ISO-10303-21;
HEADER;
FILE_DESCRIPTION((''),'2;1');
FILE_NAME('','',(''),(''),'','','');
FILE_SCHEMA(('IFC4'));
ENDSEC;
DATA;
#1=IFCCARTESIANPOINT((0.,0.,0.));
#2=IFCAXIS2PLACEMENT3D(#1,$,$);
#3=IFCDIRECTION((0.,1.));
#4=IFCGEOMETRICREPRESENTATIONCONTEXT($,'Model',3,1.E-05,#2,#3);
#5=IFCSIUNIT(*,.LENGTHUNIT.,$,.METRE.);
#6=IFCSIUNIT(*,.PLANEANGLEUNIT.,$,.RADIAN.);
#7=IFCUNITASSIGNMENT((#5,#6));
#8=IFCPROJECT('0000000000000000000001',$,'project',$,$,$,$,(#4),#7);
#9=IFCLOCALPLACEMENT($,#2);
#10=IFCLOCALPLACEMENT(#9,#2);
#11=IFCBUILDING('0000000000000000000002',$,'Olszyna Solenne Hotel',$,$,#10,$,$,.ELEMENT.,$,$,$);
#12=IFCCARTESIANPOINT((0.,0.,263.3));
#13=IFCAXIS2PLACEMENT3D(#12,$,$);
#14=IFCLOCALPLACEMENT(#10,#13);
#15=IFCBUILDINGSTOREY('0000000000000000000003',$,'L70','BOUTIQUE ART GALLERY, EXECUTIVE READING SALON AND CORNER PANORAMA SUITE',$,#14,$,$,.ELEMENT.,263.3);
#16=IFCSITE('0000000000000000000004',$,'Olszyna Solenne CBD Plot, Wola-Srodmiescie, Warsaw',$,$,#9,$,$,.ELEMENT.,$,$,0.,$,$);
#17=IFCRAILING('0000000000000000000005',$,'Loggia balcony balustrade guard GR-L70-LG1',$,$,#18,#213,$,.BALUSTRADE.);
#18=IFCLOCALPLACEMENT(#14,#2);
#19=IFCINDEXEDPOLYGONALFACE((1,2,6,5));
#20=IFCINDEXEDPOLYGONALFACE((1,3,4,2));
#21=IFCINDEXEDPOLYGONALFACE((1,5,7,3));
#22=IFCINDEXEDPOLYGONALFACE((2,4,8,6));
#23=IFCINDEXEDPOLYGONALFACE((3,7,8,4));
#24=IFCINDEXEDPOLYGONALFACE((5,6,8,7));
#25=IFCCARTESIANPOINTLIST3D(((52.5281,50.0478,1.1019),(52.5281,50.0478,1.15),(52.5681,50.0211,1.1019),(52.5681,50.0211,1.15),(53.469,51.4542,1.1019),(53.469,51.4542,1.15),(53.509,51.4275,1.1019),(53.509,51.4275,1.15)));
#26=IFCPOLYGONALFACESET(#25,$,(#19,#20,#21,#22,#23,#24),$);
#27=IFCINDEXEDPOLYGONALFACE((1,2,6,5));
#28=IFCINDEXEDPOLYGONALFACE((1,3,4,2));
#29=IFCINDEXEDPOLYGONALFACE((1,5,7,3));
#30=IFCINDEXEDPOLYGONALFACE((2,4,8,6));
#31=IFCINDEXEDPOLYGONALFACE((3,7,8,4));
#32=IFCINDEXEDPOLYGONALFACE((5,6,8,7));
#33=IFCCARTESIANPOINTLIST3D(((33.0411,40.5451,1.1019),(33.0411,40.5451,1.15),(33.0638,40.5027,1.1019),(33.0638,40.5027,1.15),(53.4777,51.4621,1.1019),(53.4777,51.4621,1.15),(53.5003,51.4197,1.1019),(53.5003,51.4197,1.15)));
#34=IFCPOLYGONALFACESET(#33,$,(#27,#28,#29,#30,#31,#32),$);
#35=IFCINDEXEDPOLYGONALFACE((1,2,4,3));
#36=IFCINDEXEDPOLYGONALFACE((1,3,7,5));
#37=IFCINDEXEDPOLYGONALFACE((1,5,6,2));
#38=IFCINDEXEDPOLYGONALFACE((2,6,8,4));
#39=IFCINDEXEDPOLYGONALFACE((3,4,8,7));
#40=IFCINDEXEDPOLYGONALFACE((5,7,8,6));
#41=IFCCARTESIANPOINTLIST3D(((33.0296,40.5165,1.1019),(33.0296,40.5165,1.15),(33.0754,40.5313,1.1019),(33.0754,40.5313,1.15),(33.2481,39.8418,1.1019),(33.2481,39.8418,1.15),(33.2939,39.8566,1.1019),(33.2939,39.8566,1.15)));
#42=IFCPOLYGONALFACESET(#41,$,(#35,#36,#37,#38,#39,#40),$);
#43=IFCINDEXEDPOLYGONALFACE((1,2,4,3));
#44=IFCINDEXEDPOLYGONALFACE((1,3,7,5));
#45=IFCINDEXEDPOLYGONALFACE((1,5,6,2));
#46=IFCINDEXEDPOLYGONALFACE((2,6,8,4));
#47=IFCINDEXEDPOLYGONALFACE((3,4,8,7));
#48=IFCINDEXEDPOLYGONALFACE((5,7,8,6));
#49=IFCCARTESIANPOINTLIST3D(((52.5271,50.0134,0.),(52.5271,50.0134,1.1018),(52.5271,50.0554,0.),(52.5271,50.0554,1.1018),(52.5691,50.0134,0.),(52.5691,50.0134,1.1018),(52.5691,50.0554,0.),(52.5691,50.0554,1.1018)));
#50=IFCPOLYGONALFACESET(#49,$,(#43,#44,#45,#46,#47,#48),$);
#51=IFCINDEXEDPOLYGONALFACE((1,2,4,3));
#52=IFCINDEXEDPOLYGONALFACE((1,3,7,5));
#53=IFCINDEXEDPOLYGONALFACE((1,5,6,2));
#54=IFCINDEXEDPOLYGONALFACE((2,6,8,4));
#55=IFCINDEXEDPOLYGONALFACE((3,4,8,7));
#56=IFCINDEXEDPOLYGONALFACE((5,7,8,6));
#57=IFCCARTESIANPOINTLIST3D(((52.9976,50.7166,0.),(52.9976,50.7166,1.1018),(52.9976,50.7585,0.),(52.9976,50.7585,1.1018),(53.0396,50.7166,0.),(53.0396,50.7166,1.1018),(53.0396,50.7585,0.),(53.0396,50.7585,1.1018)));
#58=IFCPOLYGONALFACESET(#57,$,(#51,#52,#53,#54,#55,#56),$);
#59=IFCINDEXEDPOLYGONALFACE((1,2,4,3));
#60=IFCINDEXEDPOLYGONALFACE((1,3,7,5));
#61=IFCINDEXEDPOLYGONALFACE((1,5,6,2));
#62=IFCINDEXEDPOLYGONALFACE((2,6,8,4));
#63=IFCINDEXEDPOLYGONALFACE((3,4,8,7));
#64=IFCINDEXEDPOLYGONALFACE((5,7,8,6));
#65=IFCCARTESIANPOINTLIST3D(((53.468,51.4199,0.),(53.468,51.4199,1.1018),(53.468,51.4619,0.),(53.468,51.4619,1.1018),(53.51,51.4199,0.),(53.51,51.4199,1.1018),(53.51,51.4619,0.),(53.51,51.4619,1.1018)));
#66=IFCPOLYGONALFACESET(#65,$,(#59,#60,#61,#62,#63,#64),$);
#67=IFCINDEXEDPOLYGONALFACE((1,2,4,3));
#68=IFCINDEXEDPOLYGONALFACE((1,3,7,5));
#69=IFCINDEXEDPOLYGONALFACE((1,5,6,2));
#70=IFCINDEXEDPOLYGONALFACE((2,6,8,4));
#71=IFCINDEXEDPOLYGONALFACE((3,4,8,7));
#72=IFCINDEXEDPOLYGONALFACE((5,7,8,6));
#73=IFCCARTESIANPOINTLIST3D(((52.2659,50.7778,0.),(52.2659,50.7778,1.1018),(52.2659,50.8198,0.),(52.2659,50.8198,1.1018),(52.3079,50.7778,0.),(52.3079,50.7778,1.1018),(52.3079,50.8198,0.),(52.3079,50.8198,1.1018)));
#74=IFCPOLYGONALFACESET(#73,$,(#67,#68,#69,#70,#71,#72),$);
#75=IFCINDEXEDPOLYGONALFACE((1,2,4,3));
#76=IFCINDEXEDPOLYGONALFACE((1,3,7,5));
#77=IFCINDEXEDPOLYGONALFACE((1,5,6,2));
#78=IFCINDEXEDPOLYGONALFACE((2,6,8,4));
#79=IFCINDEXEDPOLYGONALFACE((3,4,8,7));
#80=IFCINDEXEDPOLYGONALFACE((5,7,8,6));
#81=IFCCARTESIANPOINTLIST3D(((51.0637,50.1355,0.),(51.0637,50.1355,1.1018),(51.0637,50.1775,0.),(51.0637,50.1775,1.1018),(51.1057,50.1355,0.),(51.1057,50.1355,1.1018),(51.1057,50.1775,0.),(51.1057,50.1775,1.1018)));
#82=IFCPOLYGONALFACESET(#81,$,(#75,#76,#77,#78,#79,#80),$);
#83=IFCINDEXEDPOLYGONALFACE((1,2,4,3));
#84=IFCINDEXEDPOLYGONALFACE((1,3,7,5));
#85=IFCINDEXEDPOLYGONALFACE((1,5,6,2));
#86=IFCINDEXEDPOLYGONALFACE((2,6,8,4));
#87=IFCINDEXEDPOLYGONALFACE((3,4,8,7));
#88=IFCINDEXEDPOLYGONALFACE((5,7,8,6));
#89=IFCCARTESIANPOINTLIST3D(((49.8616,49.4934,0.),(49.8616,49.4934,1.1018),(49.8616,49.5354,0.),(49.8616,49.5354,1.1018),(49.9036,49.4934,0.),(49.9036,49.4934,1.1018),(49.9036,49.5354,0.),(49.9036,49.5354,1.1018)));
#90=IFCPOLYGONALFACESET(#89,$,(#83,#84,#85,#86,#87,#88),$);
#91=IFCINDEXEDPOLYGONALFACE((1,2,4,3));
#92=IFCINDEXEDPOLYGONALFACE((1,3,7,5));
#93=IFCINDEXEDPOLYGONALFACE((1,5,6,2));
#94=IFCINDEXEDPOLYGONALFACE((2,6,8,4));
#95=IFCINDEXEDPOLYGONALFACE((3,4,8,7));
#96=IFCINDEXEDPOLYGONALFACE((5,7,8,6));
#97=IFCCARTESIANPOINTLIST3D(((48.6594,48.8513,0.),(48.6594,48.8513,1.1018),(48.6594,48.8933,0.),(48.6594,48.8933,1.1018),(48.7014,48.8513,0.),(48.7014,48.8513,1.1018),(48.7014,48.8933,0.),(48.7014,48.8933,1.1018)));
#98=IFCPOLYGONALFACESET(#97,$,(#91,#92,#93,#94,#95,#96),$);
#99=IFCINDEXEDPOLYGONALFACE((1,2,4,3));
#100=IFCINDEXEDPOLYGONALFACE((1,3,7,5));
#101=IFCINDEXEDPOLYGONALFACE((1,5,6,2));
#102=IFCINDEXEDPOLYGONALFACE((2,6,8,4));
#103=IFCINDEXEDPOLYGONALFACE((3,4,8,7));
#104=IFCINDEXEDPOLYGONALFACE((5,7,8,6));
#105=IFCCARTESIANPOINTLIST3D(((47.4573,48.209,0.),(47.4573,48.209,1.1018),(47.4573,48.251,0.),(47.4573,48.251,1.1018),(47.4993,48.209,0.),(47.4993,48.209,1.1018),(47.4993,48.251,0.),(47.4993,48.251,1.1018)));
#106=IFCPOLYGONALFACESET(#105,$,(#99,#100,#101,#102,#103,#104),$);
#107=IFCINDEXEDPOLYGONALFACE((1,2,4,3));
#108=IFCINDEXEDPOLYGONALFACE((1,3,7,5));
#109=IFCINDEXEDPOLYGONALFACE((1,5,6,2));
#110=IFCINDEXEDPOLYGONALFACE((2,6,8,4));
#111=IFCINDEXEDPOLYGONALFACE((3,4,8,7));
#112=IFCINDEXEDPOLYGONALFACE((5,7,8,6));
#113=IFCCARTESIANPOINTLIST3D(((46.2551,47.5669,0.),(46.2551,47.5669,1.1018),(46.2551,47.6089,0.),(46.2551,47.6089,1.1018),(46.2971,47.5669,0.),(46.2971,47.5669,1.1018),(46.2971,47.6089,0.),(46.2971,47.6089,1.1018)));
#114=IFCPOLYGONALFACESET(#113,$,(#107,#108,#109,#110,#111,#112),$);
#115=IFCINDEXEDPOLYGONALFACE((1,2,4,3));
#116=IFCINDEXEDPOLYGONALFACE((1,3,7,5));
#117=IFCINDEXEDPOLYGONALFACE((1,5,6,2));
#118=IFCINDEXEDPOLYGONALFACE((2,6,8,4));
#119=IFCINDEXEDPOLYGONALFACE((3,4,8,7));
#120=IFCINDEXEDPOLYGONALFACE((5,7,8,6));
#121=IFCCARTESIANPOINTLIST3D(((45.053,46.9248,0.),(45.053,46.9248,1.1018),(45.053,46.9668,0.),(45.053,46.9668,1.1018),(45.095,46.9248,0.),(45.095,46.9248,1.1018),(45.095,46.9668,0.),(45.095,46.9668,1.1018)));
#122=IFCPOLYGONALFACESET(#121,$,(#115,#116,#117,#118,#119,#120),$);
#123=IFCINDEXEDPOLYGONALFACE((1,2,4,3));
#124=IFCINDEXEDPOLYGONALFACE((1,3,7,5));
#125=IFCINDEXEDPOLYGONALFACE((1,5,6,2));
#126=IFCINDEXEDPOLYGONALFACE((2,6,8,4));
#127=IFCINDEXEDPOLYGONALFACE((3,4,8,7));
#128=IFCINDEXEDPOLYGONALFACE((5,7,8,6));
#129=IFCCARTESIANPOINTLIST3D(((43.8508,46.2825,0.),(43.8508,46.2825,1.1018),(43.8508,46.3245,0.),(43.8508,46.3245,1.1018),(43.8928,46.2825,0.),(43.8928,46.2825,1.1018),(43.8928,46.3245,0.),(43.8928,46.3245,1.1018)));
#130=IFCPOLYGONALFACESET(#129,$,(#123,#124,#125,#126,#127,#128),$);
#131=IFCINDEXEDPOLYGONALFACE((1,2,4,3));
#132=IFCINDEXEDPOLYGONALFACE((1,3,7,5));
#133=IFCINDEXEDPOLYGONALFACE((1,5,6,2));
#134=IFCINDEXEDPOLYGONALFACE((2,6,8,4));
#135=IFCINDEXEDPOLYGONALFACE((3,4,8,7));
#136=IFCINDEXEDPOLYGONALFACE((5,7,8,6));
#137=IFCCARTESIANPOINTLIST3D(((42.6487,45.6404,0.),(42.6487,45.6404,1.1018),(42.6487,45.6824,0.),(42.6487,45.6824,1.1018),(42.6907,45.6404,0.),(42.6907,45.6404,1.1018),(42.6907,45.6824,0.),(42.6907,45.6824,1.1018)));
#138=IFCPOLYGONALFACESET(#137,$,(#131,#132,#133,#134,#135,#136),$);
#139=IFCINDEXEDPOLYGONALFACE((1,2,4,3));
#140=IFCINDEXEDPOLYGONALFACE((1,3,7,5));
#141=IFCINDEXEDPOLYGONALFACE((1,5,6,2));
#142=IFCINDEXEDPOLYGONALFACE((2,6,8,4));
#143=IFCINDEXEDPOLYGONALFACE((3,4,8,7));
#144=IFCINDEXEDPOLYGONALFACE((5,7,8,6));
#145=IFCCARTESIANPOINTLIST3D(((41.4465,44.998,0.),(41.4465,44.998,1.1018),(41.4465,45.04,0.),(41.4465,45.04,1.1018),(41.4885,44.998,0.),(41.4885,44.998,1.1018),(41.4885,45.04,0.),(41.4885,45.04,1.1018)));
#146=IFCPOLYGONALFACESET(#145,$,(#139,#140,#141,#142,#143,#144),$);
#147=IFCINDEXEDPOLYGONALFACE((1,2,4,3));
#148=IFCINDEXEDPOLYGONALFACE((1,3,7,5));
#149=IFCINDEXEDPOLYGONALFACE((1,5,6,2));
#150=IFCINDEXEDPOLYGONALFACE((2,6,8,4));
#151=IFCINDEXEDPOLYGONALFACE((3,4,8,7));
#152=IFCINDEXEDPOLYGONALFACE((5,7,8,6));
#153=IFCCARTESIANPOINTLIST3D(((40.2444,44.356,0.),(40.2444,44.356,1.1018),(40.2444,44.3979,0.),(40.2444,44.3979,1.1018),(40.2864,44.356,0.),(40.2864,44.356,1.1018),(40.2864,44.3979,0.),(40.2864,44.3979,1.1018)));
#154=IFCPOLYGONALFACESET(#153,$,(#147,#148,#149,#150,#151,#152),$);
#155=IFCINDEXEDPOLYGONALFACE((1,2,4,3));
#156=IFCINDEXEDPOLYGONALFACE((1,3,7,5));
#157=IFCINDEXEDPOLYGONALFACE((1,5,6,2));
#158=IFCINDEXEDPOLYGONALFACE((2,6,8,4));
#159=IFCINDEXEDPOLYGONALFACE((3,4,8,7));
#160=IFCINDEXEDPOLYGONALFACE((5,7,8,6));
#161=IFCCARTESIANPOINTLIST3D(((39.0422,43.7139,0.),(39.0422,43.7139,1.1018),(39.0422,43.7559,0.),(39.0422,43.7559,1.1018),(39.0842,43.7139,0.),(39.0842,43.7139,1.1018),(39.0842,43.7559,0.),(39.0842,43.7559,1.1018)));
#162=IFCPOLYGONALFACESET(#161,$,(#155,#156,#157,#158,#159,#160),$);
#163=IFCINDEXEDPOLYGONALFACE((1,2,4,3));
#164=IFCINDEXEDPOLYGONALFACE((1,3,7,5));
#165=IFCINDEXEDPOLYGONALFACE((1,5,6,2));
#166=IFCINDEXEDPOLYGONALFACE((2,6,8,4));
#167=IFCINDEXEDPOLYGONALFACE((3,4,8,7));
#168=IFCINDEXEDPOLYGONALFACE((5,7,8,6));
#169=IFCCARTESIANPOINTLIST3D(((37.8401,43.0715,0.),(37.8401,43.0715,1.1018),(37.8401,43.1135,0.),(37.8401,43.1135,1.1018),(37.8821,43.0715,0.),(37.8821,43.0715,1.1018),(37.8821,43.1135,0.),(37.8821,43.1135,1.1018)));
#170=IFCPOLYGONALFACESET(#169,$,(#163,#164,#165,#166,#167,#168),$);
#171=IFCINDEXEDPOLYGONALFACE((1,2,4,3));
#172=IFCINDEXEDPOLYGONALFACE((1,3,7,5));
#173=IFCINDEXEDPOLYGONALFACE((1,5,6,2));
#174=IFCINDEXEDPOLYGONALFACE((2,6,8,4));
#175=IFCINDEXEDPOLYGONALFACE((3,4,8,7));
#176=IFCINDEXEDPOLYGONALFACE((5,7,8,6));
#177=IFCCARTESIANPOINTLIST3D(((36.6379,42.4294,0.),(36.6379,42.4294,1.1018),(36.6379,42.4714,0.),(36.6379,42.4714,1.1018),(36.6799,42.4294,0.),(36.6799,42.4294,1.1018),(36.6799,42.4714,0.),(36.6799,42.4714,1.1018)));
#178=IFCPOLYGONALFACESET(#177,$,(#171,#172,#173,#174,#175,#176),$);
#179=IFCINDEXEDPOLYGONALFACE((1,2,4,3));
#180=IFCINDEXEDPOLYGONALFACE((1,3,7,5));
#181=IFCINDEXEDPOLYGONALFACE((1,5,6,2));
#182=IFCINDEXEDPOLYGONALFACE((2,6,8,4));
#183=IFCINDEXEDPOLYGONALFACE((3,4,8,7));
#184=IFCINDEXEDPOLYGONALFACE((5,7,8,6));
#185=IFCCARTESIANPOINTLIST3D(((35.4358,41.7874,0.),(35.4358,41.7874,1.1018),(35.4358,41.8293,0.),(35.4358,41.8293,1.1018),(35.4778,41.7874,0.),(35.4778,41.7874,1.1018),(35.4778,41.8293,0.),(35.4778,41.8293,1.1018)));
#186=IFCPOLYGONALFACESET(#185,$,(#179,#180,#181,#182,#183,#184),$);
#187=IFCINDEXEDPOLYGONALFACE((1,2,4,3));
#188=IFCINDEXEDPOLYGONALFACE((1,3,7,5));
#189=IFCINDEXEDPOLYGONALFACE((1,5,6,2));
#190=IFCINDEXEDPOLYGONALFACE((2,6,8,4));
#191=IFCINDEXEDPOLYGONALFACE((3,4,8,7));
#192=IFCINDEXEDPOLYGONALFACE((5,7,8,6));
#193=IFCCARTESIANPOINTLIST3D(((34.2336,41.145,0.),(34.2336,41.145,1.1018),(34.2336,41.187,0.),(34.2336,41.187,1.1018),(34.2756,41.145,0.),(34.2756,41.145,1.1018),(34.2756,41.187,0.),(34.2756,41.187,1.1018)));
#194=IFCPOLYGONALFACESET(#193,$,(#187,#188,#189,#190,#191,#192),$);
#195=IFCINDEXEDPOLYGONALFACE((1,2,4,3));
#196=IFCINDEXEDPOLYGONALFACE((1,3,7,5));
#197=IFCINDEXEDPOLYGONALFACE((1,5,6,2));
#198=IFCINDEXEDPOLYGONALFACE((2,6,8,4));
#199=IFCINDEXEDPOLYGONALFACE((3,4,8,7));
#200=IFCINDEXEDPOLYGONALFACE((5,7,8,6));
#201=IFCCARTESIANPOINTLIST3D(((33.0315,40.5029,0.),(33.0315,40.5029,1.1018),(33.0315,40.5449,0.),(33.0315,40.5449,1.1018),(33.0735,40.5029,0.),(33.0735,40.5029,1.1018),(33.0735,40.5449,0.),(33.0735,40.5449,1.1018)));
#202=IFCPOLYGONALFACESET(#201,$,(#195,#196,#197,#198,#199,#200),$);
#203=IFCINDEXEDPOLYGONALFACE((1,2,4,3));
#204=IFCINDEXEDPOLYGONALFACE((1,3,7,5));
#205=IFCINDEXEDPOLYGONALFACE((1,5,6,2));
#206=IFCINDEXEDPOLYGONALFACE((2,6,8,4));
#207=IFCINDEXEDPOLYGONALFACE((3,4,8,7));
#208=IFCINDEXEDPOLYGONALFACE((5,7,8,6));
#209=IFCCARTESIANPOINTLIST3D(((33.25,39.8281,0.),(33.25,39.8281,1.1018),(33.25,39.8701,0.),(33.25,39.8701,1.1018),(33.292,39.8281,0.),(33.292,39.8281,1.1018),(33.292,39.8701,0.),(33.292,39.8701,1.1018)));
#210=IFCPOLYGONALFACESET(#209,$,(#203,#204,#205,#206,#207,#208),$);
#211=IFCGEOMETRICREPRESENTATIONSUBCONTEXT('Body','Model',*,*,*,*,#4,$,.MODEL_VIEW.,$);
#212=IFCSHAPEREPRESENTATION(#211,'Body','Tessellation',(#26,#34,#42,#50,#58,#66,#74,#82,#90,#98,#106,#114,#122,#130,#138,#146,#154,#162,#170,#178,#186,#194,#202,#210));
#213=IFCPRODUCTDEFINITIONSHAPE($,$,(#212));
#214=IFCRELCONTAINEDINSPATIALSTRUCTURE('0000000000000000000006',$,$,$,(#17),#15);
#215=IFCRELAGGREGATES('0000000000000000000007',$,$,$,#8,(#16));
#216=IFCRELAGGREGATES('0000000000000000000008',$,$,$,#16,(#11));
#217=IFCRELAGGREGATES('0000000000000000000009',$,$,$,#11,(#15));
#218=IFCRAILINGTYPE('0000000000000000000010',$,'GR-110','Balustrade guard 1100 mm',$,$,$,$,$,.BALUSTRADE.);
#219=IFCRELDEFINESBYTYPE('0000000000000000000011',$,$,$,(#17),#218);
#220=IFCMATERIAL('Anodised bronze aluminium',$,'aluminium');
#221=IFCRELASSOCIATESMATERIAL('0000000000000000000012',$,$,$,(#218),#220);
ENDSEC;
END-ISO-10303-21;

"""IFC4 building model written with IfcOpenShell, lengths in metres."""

from ifc_helpers import new_model, si_unit, direction, frame, origin, origin_2d, place, context, subcontext, project, spatial, rectangle, extrude, material, type_object, element, save


model = new_model("IFC4")

# Units and contexts
model_context = context("Model", 3, precision=1e-05, world=origin(), true_north=direction((0.0, 1.0)))
body_context = subcontext(model_context, "Body", "Model", "MODEL_VIEW")
ifc_project = project(units=[si_unit("LENGTHUNIT", "METRE"), si_unit("PLANEANGLEUNIT", "RADIAN")], contexts=[model_context])

# Site, building, storey
site_placement = place(None, origin())
site = spatial("IfcSite", under=ifc_project, at=site_placement, Name="Olszyna Solenne CBD Plot, Wola-Srodmiescie, Warsaw", CompositionType="ELEMENT", RefElevation=0.0)
building_placement = place(site_placement, origin())
building = spatial("IfcBuilding", under=site, at=building_placement, Name="Olszyna Solenne Hotel", CompositionType="ELEMENT")
storey_placement = place(building_placement, frame((0.0, 0.0, 263.3)))
storey = spatial("IfcBuildingStorey", under=building, at=storey_placement, Name="L70", Description="BOUTIQUE ART GALLERY, EXECUTIVE READING SALON AND CORNER PANORAMA SUITE", CompositionType="ELEMENT", Elevation=263.3)

# Railing
ifc_material_1 = material(Name="Anodised bronze aluminium", Category="aluminium")
railing_type = type_object("IfcRailingType", Name="GR-110", Description="Balustrade guard 1100 mm", PredefinedType="BALUSTRADE", material=ifc_material_1)
railing_placement = place(storey_placement, frame((52.5481, 50.0344, 0.0)))
element("IfcRailing", 1, at=railing_placement, inside=storey, type_object=railing_type, Name="Loggia balcony balustrade guard GR-L70-LG1", PredefinedType="BALUSTRADE", context=body_context, shape_type="SweptSolid", body=[
    extrude(rectangle(XDim=0.0481, YDim=0.0481, at=origin_2d()), frame((0.0, 0.0, 1.126), z_axis=(0.556031, 0.831161, 0.0), x_axis=(-0.831161, 0.556031, 0.0)), (0.0, 0.0, 1.0), 1.6921),
    extrude(rectangle(XDim=0.0481, YDim=0.0481, at=origin_2d()), frame((0.9409, 1.4065, 1.126), z_axis=(-0.882039, -0.471177, 0.0), x_axis=(0.471177, -0.882039, 0.0)), (0.0, 0.0, 1.0), 23.1697),
    extrude(rectangle(XDim=0.0481, YDim=0.0481, at=origin_2d()), frame((-19.4956, -9.5105, 1.126), z_axis=(0.308059, -0.951367, 0.0), x_axis=(0.951367, 0.308059, 0.0)), (0.0, 0.0, 1.0), 0.7092),
    extrude(rectangle(XDim=0.042, YDim=0.042, at=origin_2d()), origin(), (0.0, 0.0, 1.0), 1.1018),
    extrude(rectangle(XDim=0.042, YDim=0.042, at=origin_2d()), frame((0.4705, 0.7031, 0.0)), (0.0, 0.0, 1.0), 1.1018),
    extrude(rectangle(XDim=0.042, YDim=0.042, at=origin_2d()), frame((0.9409, 1.4065, 0.0)), (0.0, 0.0, 1.0), 1.1018),
    extrude(rectangle(XDim=0.042, YDim=0.042, at=origin_2d()), frame((-0.2612, 0.7644, 0.0)), (0.0, 0.0, 1.0), 1.1018),
    extrude(rectangle(XDim=0.042, YDim=0.042, at=origin_2d()), frame((-1.4634, 0.1221, 0.0)), (0.0, 0.0, 1.0), 1.1018),
    extrude(rectangle(XDim=0.042, YDim=0.042, at=origin_2d()), frame((-2.6655, -0.52, 0.0)), (0.0, 0.0, 1.0), 1.1018),
    extrude(rectangle(XDim=0.042, YDim=0.042, at=origin_2d()), frame((-3.8677, -1.1621, 0.0)), (0.0, 0.0, 1.0), 1.1018),
    extrude(rectangle(XDim=0.042, YDim=0.042, at=origin_2d()), frame((-5.0698, -1.8044, 0.0)), (0.0, 0.0, 1.0), 1.1018),
    extrude(rectangle(XDim=0.042, YDim=0.042, at=origin_2d()), frame((-6.272, -2.4465, 0.0)), (0.0, 0.0, 1.0), 1.1018),
    extrude(rectangle(XDim=0.042, YDim=0.042, at=origin_2d()), frame((-7.4741, -3.0886, 0.0)), (0.0, 0.0, 1.0), 1.1018),
    extrude(rectangle(XDim=0.042, YDim=0.042, at=origin_2d()), frame((-8.6763, -3.731, 0.0)), (0.0, 0.0, 1.0), 1.1018),
    extrude(rectangle(XDim=0.042, YDim=0.042, at=origin_2d()), frame((-9.8784, -4.373, 0.0)), (0.0, 0.0, 1.0), 1.1018),
    extrude(rectangle(XDim=0.042, YDim=0.042, at=origin_2d()), frame((-11.0806, -5.0154, 0.0)), (0.0, 0.0, 1.0), 1.1018),
    extrude(rectangle(XDim=0.042, YDim=0.042, at=origin_2d()), frame((-12.2827, -5.6575, 0.0)), (0.0, 0.0, 1.0), 1.1018),
    extrude(rectangle(XDim=0.042, YDim=0.042, at=origin_2d()), frame((-13.4849, -6.2996, 0.0)), (0.0, 0.0, 1.0), 1.1018),
    extrude(rectangle(XDim=0.042, YDim=0.042, at=origin_2d()), frame((-14.687, -6.9419, 0.0)), (0.0, 0.0, 1.0), 1.1018),
    extrude(rectangle(XDim=0.042, YDim=0.042, at=origin_2d()), frame((-15.8892, -7.584, 0.0)), (0.0, 0.0, 1.0), 1.1018),
    extrude(rectangle(XDim=0.042, YDim=0.042, at=origin_2d()), frame((-17.0913, -8.2261, 0.0)), (0.0, 0.0, 1.0), 1.1018),
    extrude(rectangle(XDim=0.042, YDim=0.042, at=origin_2d()), frame((-18.2935, -8.8684, 0.0)), (0.0, 0.0, 1.0), 1.1018),
    extrude(rectangle(XDim=0.042, YDim=0.042, at=origin_2d()), frame((-19.4956, -9.5105, 0.0)), (0.0, 0.0, 1.0), 1.1018),
    extrude(rectangle(XDim=0.042, YDim=0.042, at=origin_2d()), frame((-19.2771, -10.1853, 0.0)), (0.0, 0.0, 1.0), 1.1018),
])

save(model, "model.ifc")
